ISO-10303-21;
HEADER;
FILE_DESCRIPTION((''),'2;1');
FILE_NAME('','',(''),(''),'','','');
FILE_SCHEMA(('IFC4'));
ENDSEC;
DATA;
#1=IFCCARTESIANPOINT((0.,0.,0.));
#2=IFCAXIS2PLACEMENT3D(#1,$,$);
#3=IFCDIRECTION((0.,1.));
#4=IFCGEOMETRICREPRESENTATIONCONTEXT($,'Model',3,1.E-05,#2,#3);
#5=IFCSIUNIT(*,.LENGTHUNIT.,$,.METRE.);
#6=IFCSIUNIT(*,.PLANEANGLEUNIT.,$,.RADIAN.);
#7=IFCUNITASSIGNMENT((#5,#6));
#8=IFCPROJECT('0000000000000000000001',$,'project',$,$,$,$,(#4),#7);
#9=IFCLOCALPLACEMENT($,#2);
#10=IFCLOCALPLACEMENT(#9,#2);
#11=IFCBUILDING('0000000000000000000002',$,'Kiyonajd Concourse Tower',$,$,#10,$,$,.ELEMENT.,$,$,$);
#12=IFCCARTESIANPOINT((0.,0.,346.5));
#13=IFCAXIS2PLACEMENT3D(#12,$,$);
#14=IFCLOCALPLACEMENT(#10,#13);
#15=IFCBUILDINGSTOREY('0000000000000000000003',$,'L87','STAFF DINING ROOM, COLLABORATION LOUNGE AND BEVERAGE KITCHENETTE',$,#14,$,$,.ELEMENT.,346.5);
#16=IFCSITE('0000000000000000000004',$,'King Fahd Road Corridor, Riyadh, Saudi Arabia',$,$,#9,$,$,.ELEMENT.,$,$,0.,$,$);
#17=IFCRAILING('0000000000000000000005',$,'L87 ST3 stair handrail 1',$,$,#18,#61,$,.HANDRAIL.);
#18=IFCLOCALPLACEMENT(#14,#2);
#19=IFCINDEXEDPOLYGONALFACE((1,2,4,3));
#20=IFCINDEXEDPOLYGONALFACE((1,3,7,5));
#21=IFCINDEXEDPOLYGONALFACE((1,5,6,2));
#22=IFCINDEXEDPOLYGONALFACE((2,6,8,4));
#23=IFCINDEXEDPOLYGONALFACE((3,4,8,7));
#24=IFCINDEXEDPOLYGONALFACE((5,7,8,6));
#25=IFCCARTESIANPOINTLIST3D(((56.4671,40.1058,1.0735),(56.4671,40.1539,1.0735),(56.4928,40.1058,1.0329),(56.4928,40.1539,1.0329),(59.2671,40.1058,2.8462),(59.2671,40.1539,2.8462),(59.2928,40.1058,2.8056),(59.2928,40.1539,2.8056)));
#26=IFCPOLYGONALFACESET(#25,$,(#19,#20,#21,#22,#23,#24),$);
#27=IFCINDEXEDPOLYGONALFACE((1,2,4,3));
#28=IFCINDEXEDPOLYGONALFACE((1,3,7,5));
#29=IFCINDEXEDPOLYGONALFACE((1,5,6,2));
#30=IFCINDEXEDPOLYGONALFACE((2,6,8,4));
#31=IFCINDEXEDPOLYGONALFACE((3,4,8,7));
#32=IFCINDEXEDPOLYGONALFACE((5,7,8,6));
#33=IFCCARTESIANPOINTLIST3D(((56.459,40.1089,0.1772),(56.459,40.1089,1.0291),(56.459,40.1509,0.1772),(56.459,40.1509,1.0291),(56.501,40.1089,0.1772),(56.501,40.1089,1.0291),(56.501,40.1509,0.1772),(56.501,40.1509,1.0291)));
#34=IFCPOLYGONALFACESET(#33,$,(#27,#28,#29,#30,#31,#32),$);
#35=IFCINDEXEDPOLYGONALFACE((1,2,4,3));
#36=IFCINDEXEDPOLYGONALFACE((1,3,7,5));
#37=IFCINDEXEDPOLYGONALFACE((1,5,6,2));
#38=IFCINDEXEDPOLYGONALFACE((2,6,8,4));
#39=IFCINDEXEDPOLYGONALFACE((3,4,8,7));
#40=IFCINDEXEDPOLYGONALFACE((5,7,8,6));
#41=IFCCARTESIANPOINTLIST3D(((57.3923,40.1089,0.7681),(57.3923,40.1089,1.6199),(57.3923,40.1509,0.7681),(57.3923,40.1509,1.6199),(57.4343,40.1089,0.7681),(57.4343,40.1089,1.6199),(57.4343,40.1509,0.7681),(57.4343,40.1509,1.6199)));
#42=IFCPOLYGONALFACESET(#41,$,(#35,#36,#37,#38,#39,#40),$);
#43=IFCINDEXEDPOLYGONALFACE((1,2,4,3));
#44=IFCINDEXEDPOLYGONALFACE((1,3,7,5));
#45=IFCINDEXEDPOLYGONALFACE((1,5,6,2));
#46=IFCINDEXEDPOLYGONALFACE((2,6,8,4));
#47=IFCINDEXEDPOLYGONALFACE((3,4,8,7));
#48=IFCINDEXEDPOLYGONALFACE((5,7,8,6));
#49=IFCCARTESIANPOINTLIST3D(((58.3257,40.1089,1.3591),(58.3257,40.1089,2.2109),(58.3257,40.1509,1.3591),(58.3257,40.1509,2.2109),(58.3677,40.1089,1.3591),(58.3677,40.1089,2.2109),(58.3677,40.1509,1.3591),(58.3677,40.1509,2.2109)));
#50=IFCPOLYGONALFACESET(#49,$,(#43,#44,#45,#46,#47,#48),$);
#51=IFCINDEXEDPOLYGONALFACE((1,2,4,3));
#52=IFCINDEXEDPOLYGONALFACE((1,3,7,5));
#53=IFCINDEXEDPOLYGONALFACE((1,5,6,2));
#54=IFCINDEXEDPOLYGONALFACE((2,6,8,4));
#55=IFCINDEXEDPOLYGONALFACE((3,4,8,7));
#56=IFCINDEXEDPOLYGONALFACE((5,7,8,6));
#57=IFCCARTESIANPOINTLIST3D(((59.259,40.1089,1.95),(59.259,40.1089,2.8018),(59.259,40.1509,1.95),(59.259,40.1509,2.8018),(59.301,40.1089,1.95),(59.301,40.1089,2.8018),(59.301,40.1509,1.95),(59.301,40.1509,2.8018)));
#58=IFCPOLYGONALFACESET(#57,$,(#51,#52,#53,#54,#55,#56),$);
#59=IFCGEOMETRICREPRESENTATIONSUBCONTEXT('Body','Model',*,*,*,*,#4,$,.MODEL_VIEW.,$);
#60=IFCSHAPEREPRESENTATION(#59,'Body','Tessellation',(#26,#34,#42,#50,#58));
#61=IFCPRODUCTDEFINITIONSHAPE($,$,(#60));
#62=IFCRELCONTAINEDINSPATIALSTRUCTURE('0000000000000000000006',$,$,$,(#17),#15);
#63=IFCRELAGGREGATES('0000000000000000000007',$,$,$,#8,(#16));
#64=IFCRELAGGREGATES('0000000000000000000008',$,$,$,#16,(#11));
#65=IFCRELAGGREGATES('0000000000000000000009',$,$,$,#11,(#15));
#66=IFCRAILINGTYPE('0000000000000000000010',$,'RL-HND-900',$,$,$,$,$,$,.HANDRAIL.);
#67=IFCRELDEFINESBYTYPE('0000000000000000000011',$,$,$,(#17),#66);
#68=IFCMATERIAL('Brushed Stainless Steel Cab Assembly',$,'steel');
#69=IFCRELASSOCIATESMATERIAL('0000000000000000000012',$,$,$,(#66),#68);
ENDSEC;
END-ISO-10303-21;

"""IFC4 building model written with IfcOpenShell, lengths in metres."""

from ifc_helpers import new_model, si_unit, direction, frame, origin, origin_2d, place, context, subcontext, project, spatial, rectangle, extrude, material, type_object, element, save


model = new_model("IFC4")

# Units and contexts
model_context = context("Model", 3, precision=1e-05, world=origin(), true_north=direction((0.0, 1.0)))
body_context = subcontext(model_context, "Body", "Model", "MODEL_VIEW")
ifc_project = project(units=[si_unit("LENGTHUNIT", "METRE"), si_unit("PLANEANGLEUNIT", "RADIAN")], contexts=[model_context])

# Site, building, storey
site_placement = place(None, origin())
site = spatial("IfcSite", under=ifc_project, at=site_placement, Name="King Fahd Road Corridor, Riyadh, Saudi Arabia", CompositionType="ELEMENT", RefElevation=0.0)
building_placement = place(site_placement, origin())
building = spatial("IfcBuilding", under=site, at=building_placement, Name="Kiyonajd Concourse Tower", CompositionType="ELEMENT")
storey_placement = place(building_placement, frame((0.0, 0.0, 346.5)))
storey = spatial("IfcBuildingStorey", under=building, at=storey_placement, Name="L87", Description="STAFF DINING ROOM, COLLABORATION LOUNGE AND BEVERAGE KITCHENETTE", CompositionType="ELEMENT", Elevation=346.5)

# Shared definitions
ifc_material_1 = material(Name="Brushed Stainless Steel Cab Assembly", Category="steel")

# Railing
railing_type_1 = type_object("IfcRailingType", Name="RL-HND-900", PredefinedType="HANDRAIL", material=ifc_material_1)
railing_1_placement = place(storey_placement, frame((56.48, 40.1299, 0.1772)))
element("IfcRailing", 1, at=railing_1_placement, inside=storey, type_object=railing_type_1, Name="L87 ST3 stair handrail 1", PredefinedType="HANDRAIL", context=body_context, shape_type="SweptSolid", body=[
    extrude(rectangle(XDim=0.0481, YDim=0.0481, at=origin_2d()), frame((0.0, 0.0, 0.876), z_axis=(0.844909, 0.0, 0.53491), x_axis=(0.0, 1.0, 0.0)), (0.0, 0.0, 1.0), 3.314),
    extrude(rectangle(XDim=0.042, YDim=0.042, at=origin_2d()), origin(), (0.0, 0.0, 1.0), 0.8518),
    extrude(rectangle(XDim=0.042, YDim=0.042, at=origin_2d()), frame((0.9333, 0.0, 0.5908)), (0.0, 0.0, 1.0), 0.8518),
    extrude(rectangle(XDim=0.042, YDim=0.042, at=origin_2d()), frame((1.8667, 0.0, 1.1819)), (0.0, 0.0, 1.0), 0.8518),
    extrude(rectangle(XDim=0.042, YDim=0.042, at=origin_2d()), frame((2.8, 0.0, 1.7727)), (0.0, 0.0, 1.0), 0.8518),
])

save(model, "model.ifc")
